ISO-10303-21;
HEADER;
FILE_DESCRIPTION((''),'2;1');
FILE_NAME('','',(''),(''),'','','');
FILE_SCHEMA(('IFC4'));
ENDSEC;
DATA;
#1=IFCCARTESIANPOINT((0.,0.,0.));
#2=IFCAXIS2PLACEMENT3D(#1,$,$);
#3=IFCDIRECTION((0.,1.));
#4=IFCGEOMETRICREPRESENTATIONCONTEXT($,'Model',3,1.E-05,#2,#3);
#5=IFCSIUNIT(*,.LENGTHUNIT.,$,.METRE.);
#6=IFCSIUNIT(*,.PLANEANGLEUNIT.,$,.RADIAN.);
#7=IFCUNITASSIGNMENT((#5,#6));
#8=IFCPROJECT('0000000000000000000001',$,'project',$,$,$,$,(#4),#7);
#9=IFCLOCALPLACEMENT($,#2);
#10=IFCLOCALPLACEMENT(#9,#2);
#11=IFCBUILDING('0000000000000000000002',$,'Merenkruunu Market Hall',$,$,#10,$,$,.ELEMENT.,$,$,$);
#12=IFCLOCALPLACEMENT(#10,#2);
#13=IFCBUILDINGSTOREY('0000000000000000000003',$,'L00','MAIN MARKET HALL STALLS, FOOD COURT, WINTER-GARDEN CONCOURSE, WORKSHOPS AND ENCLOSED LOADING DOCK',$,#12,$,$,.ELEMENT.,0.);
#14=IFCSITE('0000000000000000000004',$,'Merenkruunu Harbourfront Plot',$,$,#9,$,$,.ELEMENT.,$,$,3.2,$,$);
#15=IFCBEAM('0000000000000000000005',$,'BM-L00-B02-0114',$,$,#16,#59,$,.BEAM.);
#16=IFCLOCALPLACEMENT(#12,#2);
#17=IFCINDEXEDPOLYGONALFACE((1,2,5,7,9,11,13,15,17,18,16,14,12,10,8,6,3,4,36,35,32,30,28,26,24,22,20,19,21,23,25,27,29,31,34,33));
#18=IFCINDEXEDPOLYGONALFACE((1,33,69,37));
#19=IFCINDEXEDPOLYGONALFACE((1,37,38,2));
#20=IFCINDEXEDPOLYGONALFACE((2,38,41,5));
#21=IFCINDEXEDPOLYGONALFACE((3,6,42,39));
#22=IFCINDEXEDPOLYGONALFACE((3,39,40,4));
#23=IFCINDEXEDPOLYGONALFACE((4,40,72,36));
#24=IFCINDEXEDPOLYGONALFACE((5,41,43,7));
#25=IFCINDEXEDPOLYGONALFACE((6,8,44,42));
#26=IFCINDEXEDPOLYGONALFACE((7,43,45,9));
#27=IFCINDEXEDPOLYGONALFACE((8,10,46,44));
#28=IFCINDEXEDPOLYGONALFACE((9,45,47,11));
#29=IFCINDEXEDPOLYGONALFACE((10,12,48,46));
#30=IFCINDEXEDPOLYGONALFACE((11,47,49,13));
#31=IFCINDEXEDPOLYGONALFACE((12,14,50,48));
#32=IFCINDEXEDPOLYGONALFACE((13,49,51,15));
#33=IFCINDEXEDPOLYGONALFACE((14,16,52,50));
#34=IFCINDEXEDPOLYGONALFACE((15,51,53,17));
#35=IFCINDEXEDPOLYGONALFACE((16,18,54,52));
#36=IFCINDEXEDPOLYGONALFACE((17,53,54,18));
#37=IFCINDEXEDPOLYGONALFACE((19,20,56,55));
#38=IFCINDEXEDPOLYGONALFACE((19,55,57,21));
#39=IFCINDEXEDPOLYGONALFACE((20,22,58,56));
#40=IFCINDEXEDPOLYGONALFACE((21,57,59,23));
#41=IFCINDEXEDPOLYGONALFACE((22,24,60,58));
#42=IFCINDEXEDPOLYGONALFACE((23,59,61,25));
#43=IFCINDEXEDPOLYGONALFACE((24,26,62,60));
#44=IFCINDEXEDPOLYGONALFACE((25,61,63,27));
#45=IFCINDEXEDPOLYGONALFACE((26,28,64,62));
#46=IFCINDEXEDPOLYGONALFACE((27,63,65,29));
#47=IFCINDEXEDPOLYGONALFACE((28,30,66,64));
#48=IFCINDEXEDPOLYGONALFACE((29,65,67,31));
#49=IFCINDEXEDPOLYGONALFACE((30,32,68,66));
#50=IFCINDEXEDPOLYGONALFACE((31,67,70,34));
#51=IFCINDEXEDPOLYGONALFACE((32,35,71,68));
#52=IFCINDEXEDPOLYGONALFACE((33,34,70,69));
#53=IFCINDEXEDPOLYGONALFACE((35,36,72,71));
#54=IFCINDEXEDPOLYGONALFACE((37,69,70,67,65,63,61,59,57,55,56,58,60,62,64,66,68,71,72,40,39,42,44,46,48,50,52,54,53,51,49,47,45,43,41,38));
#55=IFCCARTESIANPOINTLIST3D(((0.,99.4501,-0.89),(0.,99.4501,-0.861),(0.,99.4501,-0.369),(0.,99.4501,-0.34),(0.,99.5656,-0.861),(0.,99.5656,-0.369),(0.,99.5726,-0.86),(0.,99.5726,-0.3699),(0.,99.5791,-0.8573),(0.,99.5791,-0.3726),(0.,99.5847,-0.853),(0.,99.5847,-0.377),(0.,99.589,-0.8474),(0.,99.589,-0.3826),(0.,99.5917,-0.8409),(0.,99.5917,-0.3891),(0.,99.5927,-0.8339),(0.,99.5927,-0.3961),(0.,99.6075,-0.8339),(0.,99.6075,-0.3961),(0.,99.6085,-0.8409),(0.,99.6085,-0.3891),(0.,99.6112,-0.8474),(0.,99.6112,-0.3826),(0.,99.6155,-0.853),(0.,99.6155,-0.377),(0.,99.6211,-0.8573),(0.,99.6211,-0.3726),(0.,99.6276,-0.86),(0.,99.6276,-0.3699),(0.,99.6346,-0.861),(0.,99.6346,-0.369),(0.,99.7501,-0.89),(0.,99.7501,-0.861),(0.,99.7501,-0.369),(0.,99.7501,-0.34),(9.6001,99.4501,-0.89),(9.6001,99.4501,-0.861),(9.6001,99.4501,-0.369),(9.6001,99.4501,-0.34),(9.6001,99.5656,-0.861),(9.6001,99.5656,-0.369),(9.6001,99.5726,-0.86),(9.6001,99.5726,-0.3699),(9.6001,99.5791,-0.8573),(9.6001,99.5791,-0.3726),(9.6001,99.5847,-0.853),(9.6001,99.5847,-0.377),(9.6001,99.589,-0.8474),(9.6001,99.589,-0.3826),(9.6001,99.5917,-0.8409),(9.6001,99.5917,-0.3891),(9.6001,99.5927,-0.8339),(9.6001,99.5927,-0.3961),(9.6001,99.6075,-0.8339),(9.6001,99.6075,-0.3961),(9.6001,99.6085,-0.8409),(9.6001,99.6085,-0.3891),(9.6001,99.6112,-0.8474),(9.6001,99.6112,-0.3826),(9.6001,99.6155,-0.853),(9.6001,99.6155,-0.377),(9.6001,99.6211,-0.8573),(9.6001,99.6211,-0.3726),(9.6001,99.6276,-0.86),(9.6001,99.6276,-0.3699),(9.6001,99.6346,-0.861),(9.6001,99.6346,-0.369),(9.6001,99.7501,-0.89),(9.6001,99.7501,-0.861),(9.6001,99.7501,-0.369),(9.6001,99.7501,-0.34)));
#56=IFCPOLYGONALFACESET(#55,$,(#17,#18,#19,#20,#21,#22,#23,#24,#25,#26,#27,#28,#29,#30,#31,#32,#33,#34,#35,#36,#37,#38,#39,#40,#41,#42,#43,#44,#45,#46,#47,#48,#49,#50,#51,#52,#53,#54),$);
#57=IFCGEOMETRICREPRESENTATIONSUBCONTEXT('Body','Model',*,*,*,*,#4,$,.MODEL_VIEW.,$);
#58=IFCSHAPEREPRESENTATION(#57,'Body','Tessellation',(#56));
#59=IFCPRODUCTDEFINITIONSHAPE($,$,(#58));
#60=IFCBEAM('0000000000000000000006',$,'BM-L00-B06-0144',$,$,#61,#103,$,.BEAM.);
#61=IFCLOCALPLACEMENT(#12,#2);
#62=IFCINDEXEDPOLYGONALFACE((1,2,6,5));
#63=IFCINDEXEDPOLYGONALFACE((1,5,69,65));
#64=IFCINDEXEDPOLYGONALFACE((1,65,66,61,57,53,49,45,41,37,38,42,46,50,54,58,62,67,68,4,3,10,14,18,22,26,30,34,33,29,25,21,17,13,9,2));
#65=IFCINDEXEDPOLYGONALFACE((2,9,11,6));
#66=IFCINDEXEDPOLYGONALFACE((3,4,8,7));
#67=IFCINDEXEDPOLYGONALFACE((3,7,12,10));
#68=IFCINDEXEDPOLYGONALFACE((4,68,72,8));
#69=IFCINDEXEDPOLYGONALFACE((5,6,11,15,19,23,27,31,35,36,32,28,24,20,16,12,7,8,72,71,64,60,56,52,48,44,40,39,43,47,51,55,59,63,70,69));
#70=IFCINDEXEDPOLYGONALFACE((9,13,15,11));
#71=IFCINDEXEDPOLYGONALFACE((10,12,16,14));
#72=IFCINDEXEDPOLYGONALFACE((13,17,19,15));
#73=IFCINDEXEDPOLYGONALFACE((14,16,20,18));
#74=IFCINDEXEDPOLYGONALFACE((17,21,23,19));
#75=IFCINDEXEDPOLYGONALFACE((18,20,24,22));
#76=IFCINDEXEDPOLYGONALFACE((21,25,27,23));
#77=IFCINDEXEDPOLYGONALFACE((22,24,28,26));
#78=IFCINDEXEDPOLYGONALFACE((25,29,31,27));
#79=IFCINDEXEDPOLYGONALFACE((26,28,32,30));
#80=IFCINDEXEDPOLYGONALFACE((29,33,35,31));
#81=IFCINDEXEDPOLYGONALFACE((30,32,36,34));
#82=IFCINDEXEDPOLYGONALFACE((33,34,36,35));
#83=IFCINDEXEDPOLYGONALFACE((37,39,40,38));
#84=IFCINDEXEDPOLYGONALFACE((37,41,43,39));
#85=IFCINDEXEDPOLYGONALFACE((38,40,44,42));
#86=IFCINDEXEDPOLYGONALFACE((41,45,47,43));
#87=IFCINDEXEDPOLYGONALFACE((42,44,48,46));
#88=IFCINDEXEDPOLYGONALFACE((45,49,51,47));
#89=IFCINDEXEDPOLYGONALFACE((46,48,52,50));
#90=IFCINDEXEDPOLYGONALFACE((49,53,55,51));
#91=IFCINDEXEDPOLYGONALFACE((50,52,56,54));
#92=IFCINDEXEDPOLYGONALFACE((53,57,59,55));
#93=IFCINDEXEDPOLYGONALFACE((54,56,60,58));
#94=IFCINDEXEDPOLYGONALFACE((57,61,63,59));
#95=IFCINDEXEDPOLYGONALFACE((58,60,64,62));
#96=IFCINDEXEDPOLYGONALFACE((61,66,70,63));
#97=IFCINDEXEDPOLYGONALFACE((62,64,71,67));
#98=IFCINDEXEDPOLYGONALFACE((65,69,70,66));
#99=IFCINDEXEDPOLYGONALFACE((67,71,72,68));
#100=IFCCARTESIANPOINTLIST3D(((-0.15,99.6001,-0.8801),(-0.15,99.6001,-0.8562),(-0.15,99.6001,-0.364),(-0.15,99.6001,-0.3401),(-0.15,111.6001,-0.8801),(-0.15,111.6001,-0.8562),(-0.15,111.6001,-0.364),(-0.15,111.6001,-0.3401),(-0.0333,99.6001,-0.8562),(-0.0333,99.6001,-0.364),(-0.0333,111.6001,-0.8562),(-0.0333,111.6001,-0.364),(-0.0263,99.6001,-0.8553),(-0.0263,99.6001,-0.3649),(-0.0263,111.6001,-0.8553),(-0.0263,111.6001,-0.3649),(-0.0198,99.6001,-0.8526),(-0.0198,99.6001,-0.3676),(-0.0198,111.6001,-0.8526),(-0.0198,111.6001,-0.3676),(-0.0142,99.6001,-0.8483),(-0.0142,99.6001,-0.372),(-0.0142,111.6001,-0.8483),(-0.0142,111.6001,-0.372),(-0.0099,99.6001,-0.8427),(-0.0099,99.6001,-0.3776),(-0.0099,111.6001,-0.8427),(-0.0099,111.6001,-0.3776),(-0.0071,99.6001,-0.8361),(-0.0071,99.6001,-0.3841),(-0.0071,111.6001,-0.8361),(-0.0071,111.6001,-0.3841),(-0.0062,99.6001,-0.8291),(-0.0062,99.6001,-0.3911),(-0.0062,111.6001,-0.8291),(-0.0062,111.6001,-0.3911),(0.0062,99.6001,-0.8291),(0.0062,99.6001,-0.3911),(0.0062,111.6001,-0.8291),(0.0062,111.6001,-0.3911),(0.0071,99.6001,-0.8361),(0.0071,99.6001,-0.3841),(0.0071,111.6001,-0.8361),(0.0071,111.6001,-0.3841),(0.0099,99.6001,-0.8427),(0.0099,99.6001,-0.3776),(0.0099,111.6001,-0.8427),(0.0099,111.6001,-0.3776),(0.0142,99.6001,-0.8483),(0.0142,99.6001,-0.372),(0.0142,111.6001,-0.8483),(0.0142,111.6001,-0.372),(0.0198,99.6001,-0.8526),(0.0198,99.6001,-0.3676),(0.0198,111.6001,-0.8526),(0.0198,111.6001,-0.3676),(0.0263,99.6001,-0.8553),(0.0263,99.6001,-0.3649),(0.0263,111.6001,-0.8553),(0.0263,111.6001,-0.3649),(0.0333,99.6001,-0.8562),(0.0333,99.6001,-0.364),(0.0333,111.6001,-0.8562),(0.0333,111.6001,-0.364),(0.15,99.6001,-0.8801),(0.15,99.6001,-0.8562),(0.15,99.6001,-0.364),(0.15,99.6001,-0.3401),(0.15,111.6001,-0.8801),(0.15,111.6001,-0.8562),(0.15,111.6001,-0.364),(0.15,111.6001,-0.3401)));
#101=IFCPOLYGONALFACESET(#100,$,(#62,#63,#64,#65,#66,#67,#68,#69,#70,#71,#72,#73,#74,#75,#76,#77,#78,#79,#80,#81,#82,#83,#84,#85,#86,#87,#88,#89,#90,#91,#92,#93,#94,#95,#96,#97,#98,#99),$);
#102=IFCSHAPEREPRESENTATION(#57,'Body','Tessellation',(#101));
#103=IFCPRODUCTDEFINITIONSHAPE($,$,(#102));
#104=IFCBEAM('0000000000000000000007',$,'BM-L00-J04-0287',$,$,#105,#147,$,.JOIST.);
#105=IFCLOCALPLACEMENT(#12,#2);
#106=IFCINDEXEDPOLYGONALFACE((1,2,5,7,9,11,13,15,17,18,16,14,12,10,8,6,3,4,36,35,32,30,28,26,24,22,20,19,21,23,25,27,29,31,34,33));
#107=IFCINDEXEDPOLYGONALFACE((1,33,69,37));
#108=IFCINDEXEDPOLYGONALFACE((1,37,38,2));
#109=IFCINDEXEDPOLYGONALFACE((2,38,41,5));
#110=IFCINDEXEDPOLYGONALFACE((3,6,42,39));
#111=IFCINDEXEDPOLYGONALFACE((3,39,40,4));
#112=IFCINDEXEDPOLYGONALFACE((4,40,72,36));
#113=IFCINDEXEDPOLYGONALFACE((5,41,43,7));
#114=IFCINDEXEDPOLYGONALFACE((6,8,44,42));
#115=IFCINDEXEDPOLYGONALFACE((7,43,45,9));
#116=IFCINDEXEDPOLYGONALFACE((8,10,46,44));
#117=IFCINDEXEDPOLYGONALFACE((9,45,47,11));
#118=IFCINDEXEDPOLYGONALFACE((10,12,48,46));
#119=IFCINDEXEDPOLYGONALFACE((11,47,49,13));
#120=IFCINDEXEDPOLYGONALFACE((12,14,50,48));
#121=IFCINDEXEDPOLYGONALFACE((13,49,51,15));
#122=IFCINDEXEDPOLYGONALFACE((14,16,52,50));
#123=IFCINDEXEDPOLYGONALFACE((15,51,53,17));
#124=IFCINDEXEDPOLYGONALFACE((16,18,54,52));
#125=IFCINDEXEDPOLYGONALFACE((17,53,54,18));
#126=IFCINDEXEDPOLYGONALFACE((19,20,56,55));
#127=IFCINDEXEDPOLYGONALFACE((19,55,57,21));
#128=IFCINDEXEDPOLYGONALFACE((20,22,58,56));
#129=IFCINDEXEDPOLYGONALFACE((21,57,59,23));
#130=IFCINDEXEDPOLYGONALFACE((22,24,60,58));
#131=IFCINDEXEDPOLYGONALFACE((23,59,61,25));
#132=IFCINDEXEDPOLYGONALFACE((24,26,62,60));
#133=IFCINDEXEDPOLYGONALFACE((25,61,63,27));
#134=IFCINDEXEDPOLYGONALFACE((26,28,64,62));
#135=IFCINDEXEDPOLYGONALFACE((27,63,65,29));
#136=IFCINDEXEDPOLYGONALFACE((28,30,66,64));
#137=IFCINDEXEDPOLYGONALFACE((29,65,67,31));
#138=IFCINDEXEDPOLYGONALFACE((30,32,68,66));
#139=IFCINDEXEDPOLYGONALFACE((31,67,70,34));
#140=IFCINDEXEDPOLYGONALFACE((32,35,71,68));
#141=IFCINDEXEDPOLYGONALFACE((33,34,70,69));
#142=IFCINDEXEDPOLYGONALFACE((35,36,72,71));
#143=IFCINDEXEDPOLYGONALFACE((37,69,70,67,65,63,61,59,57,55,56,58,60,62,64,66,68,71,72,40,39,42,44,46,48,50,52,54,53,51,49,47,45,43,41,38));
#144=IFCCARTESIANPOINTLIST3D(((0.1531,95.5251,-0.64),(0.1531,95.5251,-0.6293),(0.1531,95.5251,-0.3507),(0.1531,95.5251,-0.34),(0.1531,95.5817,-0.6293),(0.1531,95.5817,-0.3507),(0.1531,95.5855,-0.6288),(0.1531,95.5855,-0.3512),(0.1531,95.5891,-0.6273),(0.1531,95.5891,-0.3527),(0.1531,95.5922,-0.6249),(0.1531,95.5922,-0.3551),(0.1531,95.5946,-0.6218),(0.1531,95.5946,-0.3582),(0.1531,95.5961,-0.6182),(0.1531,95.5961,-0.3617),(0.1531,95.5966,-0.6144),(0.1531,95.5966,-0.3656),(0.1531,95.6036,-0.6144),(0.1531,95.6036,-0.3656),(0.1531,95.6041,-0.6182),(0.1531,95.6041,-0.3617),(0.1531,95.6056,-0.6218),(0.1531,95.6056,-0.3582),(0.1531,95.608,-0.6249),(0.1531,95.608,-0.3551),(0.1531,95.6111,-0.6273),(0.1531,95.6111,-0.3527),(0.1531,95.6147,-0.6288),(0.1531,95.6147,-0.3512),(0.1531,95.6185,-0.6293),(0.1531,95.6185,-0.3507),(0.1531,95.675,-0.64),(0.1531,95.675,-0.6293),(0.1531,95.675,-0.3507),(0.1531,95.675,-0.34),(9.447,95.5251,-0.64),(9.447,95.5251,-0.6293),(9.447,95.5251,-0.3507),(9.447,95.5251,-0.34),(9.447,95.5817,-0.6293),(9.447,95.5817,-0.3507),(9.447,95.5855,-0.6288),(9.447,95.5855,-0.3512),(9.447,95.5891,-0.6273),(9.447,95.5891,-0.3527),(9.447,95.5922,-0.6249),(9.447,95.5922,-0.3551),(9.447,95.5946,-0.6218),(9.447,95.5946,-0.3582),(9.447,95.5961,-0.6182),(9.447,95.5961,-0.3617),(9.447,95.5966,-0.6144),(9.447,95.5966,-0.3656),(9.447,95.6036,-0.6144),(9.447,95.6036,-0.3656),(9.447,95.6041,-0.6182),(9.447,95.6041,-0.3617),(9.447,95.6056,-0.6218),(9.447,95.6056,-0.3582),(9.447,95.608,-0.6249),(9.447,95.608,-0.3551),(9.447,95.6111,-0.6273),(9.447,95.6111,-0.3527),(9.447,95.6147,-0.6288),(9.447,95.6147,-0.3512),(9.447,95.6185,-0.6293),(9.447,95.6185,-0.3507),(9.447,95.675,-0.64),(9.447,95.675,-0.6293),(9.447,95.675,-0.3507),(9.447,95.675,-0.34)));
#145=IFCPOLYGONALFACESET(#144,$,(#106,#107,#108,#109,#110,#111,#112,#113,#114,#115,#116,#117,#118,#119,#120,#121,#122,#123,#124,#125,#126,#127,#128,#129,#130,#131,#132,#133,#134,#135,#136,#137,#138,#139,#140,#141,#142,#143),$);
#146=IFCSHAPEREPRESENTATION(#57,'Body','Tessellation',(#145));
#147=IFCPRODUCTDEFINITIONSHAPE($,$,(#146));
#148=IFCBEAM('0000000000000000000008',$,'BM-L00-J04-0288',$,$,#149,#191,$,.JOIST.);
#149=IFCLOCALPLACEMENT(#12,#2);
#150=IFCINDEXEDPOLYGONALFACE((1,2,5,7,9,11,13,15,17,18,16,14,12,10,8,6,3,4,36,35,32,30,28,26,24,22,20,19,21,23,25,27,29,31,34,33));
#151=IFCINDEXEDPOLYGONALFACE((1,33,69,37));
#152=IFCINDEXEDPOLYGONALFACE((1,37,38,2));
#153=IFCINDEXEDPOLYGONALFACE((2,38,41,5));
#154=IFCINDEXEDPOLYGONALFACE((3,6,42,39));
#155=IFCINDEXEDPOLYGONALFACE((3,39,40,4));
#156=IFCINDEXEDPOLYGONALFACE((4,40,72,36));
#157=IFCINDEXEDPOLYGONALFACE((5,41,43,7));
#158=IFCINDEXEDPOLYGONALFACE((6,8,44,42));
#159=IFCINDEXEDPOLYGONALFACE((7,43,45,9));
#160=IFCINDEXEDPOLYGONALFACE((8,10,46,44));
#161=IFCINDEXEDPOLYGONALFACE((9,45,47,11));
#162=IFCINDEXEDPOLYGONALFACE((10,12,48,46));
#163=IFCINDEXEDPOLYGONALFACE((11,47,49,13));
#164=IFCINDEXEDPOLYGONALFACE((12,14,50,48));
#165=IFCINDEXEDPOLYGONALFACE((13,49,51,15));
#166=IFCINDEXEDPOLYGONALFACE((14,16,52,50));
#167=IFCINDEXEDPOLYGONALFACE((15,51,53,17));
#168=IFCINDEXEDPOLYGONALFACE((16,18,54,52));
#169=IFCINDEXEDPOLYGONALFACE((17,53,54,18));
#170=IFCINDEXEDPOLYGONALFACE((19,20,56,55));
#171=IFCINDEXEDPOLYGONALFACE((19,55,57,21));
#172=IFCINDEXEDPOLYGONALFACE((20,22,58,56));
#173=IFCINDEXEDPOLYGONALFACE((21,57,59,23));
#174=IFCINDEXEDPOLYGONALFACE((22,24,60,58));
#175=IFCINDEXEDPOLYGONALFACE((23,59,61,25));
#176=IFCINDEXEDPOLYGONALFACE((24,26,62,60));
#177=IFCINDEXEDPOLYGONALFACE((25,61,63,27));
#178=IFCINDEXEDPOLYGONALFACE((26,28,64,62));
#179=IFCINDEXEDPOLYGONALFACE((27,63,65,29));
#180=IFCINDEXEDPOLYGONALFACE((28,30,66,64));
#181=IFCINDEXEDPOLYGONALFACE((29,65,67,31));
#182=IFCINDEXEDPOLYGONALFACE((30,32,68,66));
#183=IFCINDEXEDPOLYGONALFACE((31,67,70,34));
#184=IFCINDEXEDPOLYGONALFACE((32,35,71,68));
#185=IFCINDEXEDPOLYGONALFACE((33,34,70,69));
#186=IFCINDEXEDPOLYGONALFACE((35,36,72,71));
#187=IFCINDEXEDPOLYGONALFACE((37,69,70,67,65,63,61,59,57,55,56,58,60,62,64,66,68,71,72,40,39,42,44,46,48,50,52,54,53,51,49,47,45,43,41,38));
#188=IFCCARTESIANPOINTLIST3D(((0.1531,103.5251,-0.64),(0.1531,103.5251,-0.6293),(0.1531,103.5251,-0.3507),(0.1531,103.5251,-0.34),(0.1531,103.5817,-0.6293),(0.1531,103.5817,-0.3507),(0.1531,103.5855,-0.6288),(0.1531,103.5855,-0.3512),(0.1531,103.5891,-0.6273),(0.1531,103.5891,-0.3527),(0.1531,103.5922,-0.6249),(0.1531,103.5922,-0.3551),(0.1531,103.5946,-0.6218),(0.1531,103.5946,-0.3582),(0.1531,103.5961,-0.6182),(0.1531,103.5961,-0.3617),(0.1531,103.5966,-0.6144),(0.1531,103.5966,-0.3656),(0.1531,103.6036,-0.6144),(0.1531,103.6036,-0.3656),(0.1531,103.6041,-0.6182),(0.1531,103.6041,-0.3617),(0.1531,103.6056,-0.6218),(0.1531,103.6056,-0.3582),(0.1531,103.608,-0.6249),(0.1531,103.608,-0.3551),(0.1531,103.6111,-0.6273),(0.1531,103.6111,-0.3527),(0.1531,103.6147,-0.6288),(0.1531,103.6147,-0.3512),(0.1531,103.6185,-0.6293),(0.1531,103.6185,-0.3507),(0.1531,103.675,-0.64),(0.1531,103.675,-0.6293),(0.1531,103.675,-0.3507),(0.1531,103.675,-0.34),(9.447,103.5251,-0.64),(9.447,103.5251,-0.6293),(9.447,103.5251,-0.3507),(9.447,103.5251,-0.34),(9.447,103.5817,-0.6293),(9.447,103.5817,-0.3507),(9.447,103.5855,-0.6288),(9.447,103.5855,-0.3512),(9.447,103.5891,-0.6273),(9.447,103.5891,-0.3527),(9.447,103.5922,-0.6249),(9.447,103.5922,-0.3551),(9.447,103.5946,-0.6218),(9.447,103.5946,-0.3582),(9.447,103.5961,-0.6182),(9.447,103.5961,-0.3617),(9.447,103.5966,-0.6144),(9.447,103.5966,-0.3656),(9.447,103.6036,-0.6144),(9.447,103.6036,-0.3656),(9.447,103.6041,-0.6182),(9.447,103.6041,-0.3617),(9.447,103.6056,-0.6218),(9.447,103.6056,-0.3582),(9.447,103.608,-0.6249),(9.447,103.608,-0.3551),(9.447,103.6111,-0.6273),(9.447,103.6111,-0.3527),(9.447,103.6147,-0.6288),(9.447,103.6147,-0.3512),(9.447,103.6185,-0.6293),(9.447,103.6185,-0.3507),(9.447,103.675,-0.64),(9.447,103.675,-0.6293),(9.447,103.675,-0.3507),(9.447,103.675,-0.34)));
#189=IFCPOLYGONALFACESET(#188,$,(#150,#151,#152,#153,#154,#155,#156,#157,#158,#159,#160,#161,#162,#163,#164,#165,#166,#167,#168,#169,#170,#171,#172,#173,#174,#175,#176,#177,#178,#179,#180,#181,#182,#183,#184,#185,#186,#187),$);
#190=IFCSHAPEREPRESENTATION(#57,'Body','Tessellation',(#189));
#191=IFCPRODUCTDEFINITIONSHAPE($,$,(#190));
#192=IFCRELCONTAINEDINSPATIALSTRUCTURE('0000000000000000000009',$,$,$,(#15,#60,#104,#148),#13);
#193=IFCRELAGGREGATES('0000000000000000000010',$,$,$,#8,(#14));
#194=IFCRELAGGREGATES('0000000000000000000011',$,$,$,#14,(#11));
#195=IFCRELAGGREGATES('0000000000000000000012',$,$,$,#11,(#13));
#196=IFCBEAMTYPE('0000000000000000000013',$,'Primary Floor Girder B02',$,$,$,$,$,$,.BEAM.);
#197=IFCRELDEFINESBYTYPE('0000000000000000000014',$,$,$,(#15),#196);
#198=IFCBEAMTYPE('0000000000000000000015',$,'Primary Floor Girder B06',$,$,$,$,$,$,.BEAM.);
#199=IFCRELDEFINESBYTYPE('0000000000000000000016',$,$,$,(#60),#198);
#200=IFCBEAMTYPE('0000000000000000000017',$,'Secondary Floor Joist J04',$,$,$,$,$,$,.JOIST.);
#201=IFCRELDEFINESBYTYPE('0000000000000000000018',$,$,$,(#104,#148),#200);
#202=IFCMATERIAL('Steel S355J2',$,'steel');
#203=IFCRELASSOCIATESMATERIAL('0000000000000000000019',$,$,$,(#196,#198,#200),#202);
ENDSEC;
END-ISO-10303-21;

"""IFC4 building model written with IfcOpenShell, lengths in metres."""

from ifc_helpers import new_model, si_unit, direction, frame, origin, origin_2d, place, context, subcontext, project, spatial, i_section, extrude, material, material_profile, profile_set, type_object, element, save


model = new_model("IFC4")

# Units and contexts
model_context = context("Model", 3, precision=1e-05, world=origin(), true_north=direction((0.0, 1.0)))
body_context = subcontext(model_context, "Body", "Model", "MODEL_VIEW")
ifc_project = project(units=[si_unit("LENGTHUNIT", "METRE"), si_unit("PLANEANGLEUNIT", "RADIAN")], contexts=[model_context])

# Site, building, storey
site_placement = place(None, origin())
site = spatial("IfcSite", under=ifc_project, at=site_placement, Name="Merenkruunu Harbourfront Plot", CompositionType="ELEMENT", RefElevation=3.2)
building_placement = place(site_placement, origin())
building = spatial("IfcBuilding", under=site, at=building_placement, Name="Merenkruunu Market Hall", CompositionType="ELEMENT")
storey_placement = place(building_placement, origin())
storey = spatial("IfcBuildingStorey", under=building, at=storey_placement, Name="L00", Description="MAIN MARKET HALL STALLS, FOOD COURT, WINTER-GARDEN CONCOURSE, WORKSHOPS AND ENCLOSED LOADING DOCK", CompositionType="ELEMENT", Elevation=0.0)

# Beams
ifc_material_1 = material(Name="Steel S355J2", Category="steel")
ifc_material_profile_1 = material_profile(ifc_material_1, i_section(OverallWidth=0.3, OverallDepth=0.55, WebThickness=0.0149, FlangeThickness=0.0291, FilletRadius=0.0271, at=origin_2d()), Name="HEB 550")
ifc_profile_set_1 = profile_set([ifc_material_profile_1], Name="Steel S355J2")
beam_type_1 = type_object("IfcBeamType", Name="Primary Floor Girder B02", PredefinedType="BEAM", material=ifc_profile_set_1)
beam_1_placement = place(storey_placement, frame((0.0, 99.6001, -0.615), z_axis=(1.0, 0.0, 0.0), x_axis=(0.0, 1.0, 0.0)))
element("IfcBeam", 1, at=beam_1_placement, inside=storey, type_object=beam_type_1, Name="BM-L00-B02-0114", PredefinedType="BEAM", context=body_context, shape_type="SweptSolid", body=[
    extrude(i_section(OverallWidth=0.3, OverallDepth=0.55, WebThickness=0.0149, FlangeThickness=0.0291, FilletRadius=0.0271, at=origin_2d()), origin(), (0.0, 0.0, 1.0), 9.6001),
])
ifc_material_profile_2 = material_profile(ifc_material_1, i_section(OverallWidth=0.3, OverallDepth=0.54, WebThickness=0.0125, FlangeThickness=0.0239, FilletRadius=0.0271, at=origin_2d()), Name="HEA 550")
ifc_profile_set_2 = profile_set([ifc_material_profile_2], Name="Steel S355J2")
beam_type_2 = type_object("IfcBeamType", Name="Primary Floor Girder B06", PredefinedType="BEAM", material=ifc_profile_set_2)
beam_2_placement = place(storey_placement, frame((0.0, 99.6001, -0.6101), z_axis=(0.0, 1.0, 0.0), x_axis=(-1.0, 0.0, 0.0)))
element("IfcBeam", 2, at=beam_2_placement, inside=storey, type_object=beam_type_2, Name="BM-L00-B06-0144", PredefinedType="BEAM", context=body_context, shape_type="SweptSolid", body=[
    extrude(i_section(OverallWidth=0.3, OverallDepth=0.54, WebThickness=0.0125, FlangeThickness=0.0239, FilletRadius=0.0271, at=origin_2d()), origin(), (0.0, 0.0, 1.0), 12.0),
])
ifc_material_profile_3 = material_profile(ifc_material_1, i_section(OverallWidth=0.1499, OverallDepth=0.3, WebThickness=0.0071, FlangeThickness=0.0107, FilletRadius=0.0149, at=origin_2d()), Name="IPE 300")
ifc_profile_set_3 = profile_set([ifc_material_profile_3], Name="Steel S355J2")
beam_type_3 = type_object("IfcBeamType", Name="Secondary Floor Joist J04", PredefinedType="JOIST", material=ifc_profile_set_3)
for number, where, z_axis, x_axis, name in (
    (3, (0.1531, 95.6001, -0.49), (1.0, 0.0, 0.0), (0.0, 1.0, 0.0), "BM-L00-J04-0287"),
    (4, (0.1531, 103.6001, -0.49), (1.0, 0.0, 0.0), (0.0, 1.0, 0.0), "BM-L00-J04-0288"),
):
    element("IfcBeam", number, at=place(storey_placement, frame(where, z_axis=z_axis, x_axis=x_axis)), inside=storey, type_object=beam_type_3, Name=name, PredefinedType="JOIST", context=body_context, shape_type="SweptSolid", body=[
        extrude(i_section(OverallWidth=0.1499, OverallDepth=0.3, WebThickness=0.0071, FlangeThickness=0.0107, FilletRadius=0.0149, at=origin_2d()), origin(), (0.0, 0.0, 1.0), 9.2939),
    ])

save(model, "model.ifc")
